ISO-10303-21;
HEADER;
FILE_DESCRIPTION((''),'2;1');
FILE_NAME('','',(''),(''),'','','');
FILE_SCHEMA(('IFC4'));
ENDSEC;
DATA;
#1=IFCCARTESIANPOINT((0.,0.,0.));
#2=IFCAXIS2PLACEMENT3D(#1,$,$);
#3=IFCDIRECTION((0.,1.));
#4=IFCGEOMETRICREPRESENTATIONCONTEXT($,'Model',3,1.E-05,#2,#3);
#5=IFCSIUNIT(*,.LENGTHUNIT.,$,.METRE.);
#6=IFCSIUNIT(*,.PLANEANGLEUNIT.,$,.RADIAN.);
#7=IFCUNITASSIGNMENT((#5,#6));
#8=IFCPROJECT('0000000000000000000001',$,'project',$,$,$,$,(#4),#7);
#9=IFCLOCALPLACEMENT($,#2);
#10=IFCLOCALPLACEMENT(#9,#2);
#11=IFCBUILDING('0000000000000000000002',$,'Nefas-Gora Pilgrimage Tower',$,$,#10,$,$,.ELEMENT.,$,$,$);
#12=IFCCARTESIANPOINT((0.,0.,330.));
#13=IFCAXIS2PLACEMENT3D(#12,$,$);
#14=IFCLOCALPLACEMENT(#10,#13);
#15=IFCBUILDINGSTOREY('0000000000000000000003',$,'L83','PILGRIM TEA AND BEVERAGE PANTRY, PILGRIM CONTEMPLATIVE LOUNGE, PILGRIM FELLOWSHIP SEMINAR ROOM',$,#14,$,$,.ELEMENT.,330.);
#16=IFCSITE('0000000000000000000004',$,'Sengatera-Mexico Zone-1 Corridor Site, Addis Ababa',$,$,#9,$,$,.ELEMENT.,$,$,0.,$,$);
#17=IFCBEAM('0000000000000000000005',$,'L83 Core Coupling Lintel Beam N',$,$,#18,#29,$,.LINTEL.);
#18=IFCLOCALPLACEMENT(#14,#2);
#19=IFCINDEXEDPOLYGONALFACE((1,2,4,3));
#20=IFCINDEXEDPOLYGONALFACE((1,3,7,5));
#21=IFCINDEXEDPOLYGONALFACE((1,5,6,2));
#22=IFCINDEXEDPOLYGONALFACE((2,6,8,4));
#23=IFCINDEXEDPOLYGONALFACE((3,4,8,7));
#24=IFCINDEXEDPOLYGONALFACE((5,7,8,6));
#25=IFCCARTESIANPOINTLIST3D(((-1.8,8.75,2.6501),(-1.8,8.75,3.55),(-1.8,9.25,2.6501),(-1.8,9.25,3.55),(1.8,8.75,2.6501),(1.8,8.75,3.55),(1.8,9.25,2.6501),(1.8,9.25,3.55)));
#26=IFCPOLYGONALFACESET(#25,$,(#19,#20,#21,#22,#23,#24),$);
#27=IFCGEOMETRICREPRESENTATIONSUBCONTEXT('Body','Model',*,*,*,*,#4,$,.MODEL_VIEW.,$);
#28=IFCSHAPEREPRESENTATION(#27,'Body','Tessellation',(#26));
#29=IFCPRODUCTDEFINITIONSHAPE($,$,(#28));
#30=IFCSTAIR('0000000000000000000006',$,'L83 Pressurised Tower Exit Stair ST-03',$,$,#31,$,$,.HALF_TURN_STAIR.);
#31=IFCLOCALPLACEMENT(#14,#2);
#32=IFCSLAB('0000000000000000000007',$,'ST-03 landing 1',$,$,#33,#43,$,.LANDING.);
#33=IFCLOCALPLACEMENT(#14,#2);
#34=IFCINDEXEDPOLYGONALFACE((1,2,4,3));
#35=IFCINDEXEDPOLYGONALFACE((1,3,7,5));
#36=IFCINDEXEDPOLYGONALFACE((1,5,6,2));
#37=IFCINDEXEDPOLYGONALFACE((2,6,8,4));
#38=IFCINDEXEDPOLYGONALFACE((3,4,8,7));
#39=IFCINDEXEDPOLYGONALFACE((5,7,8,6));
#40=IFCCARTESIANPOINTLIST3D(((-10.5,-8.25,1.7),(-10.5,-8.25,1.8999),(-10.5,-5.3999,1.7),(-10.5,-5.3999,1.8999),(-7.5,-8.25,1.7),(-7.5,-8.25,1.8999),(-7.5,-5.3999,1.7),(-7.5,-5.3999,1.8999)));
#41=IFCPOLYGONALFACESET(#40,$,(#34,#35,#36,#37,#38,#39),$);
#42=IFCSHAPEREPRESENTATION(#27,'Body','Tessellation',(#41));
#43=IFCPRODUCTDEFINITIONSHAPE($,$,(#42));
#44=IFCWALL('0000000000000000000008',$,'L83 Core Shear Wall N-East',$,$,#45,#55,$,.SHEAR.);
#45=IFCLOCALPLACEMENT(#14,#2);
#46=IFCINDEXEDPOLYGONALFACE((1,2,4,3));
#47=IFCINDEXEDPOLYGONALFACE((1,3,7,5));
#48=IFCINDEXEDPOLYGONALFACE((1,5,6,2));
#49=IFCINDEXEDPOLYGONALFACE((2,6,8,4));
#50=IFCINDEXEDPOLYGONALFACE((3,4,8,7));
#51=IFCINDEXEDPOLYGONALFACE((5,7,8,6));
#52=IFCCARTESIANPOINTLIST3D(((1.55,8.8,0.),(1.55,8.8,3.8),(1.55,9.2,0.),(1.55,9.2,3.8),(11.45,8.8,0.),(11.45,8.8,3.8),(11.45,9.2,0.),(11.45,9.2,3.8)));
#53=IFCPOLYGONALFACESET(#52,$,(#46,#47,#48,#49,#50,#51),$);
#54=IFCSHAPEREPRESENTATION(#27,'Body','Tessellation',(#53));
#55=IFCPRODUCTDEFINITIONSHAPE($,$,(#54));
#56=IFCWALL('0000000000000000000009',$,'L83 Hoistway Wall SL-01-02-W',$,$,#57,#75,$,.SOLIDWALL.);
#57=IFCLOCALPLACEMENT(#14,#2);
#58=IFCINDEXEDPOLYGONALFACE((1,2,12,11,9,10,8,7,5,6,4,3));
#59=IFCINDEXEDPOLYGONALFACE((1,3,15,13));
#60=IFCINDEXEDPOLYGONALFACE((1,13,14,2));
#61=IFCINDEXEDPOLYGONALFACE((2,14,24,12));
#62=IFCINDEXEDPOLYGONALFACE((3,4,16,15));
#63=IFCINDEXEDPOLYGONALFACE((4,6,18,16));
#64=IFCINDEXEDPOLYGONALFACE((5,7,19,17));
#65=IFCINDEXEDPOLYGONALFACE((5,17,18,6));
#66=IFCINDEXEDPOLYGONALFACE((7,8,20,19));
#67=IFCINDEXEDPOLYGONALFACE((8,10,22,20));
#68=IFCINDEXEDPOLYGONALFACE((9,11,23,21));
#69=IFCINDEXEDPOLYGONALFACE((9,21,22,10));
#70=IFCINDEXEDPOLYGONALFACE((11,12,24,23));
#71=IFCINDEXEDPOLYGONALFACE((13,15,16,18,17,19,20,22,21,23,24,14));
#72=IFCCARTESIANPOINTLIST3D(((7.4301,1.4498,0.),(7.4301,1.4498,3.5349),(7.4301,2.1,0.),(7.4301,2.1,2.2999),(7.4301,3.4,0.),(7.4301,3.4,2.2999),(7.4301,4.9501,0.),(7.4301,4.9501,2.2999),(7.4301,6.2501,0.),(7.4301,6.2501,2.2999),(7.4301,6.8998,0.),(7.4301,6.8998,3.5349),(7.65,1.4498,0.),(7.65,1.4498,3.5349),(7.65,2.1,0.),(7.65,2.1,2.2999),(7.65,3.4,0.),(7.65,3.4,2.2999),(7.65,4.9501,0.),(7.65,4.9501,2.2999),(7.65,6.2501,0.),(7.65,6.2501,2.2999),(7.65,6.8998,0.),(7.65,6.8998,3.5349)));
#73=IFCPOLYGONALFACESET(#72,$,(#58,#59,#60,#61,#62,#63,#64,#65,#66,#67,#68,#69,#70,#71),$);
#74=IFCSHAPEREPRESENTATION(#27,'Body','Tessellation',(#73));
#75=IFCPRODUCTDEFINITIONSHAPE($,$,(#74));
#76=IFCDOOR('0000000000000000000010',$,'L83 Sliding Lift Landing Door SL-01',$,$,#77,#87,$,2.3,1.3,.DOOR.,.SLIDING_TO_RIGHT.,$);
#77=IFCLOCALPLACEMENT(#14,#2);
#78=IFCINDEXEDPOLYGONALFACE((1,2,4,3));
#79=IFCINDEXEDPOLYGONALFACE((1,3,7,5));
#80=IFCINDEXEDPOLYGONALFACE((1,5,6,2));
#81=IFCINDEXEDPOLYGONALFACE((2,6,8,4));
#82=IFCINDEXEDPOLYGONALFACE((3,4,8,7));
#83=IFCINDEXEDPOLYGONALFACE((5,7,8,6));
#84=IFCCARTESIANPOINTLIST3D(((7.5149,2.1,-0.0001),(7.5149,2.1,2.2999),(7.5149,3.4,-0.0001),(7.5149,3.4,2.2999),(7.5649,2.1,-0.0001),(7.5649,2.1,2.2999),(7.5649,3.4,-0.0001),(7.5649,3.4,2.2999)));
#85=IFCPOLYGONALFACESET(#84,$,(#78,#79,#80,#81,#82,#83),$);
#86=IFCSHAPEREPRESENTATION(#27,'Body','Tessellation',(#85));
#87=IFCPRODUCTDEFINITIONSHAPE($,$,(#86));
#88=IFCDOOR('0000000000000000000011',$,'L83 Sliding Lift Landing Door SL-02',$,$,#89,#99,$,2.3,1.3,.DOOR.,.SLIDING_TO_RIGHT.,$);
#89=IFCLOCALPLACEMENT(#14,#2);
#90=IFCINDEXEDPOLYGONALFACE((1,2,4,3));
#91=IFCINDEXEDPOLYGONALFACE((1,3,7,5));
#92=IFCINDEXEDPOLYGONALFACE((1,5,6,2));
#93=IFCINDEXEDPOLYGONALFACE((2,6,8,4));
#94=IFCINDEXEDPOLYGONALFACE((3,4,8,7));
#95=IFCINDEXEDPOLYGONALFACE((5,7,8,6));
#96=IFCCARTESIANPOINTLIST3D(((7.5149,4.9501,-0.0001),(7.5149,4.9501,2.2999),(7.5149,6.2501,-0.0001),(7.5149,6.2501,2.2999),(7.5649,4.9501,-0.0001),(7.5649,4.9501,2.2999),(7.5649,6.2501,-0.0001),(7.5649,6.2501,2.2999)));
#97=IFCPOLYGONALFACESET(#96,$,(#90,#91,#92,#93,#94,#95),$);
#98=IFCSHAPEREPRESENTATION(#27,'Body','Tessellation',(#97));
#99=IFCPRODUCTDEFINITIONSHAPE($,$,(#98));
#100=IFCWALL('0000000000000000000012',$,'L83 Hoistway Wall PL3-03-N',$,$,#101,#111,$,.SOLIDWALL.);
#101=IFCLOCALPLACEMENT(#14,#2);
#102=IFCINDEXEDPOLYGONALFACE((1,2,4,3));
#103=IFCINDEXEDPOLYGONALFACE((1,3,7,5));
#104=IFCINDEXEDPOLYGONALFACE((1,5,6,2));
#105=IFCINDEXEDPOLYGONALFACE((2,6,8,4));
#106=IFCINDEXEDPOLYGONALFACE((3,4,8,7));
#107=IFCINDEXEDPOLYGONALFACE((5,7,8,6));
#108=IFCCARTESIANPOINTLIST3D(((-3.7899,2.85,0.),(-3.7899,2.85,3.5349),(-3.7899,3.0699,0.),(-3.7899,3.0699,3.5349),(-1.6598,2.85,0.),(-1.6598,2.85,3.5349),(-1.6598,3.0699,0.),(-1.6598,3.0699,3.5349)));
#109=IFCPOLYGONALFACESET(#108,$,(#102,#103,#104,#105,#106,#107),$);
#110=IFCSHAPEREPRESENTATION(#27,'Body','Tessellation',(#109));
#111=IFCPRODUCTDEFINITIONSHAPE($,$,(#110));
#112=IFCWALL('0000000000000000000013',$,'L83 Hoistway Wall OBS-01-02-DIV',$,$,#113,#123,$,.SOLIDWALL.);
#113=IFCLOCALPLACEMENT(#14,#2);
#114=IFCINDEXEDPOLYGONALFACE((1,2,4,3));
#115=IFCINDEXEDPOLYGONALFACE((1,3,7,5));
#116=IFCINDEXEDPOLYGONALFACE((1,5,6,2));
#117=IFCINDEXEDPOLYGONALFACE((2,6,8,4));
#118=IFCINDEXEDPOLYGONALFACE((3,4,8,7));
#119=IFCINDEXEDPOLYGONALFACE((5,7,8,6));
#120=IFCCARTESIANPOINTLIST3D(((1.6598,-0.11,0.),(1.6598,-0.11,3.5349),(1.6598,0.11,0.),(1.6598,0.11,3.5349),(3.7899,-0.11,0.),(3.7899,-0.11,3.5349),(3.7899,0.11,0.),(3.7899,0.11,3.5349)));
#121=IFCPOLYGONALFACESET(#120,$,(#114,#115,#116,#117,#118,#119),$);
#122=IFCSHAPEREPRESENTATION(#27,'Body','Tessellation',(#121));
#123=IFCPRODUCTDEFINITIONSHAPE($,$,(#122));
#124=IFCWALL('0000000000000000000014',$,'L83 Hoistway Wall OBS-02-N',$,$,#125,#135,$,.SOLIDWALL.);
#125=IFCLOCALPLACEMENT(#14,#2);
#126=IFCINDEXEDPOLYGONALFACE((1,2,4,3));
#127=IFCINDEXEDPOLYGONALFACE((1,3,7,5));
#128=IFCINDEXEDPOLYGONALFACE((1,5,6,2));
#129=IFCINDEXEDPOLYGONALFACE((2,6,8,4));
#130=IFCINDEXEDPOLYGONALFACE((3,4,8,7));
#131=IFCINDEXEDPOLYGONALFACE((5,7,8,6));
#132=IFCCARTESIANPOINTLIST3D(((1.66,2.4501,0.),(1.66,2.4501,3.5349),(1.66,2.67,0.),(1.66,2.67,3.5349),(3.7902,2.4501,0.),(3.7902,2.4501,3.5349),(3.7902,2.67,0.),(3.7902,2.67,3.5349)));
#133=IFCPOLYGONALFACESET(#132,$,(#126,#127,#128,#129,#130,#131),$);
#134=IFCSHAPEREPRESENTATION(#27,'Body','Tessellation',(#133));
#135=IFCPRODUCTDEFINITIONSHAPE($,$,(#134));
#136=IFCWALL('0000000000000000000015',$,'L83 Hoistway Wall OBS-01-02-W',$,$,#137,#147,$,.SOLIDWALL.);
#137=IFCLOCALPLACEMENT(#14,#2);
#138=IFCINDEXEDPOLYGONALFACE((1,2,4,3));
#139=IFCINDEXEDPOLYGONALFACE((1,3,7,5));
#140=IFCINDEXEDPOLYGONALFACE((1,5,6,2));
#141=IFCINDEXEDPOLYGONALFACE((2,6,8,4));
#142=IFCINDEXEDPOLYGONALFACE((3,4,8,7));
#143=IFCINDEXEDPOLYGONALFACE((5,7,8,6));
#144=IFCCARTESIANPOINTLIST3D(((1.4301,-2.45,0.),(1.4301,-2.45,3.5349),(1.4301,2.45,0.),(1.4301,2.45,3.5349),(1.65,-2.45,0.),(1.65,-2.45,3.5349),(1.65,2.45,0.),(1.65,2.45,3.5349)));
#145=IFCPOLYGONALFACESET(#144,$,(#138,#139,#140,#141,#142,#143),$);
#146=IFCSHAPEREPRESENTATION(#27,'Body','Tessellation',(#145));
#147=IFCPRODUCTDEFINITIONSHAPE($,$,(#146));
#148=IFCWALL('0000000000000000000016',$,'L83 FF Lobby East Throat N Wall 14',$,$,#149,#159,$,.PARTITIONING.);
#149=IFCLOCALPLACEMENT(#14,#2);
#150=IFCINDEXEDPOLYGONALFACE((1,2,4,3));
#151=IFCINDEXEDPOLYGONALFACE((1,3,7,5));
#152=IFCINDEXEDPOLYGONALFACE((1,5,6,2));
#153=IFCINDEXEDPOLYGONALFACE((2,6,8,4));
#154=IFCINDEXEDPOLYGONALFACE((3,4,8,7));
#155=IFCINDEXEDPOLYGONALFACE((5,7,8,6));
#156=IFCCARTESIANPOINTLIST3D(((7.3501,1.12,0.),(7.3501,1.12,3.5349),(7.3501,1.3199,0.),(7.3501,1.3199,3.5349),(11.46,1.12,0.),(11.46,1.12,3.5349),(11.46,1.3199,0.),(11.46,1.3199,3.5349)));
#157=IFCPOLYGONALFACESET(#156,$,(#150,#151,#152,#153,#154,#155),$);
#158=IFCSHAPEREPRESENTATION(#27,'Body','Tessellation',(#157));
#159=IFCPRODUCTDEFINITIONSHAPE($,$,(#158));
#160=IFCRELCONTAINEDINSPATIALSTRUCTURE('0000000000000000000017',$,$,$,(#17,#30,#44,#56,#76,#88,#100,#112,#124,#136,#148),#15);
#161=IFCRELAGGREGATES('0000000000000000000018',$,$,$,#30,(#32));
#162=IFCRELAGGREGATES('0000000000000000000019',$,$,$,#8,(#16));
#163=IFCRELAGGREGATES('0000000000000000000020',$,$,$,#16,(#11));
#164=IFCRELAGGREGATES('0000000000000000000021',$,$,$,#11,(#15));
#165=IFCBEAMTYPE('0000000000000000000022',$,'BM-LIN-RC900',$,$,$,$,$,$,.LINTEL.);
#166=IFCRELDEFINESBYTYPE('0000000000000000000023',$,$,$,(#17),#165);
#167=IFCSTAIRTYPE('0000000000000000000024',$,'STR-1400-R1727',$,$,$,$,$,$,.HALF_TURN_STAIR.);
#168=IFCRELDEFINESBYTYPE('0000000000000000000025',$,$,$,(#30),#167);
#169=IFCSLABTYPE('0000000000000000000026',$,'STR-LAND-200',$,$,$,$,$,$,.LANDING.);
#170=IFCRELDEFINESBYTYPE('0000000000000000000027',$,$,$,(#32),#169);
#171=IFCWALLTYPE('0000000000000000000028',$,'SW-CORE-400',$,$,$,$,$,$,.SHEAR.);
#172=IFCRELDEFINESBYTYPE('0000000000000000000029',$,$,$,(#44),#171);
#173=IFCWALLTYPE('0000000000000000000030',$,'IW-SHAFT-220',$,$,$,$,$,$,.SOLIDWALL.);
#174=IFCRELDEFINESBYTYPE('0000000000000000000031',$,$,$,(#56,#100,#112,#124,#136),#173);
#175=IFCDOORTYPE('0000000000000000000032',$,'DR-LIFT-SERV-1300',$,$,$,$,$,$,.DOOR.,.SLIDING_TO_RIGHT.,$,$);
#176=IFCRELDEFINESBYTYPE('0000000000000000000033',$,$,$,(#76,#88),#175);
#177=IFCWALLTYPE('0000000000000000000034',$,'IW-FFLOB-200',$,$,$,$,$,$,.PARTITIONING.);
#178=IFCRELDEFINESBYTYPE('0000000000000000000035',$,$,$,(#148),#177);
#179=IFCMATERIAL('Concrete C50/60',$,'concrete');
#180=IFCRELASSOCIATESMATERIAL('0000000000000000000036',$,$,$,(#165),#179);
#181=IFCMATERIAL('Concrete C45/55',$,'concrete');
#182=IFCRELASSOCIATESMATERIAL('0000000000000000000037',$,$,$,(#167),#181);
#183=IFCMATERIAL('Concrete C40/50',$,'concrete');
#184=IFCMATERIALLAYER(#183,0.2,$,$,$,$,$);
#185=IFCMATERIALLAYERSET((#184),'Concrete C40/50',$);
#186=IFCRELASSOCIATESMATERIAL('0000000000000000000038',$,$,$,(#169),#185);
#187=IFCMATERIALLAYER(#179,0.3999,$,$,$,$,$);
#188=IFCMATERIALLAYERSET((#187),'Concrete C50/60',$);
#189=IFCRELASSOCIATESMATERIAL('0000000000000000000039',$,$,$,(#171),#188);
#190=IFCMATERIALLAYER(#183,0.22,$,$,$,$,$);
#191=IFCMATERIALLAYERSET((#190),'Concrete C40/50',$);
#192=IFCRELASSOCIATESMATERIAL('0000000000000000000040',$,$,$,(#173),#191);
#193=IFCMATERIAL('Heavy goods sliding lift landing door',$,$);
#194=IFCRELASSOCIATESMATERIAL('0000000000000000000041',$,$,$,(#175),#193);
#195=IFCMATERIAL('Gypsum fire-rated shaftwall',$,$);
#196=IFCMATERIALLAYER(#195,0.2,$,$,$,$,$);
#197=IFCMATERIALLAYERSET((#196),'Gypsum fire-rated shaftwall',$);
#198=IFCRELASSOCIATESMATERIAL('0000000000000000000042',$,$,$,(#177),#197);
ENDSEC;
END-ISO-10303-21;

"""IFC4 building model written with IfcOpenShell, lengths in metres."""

from ifc_helpers import new_model, si_unit, direction, frame, frame_2d, origin, origin_2d, place, context, subcontext, project, spatial, polyline, rectangle, outline, extrude, source, transform, mapped, material, layer, layer_set, material_profile, profile_set, type_object, element, fill, aggregate, save


model = new_model("IFC4")

# Units and contexts
model_context = context("Model", 3, precision=1e-05, world=origin(), true_north=direction((0.0, 1.0)))
body_context = subcontext(model_context, "Body", "Model", "MODEL_VIEW")
ifc_project = project(units=[si_unit("LENGTHUNIT", "METRE"), si_unit("PLANEANGLEUNIT", "RADIAN")], contexts=[model_context])

# Site, building, storey
site_placement = place(None, origin())
site = spatial("IfcSite", under=ifc_project, at=site_placement, Name="Sengatera-Mexico Zone-1 Corridor Site, Addis Ababa", CompositionType="ELEMENT", RefElevation=0.0)
building_placement = place(site_placement, origin())
building = spatial("IfcBuilding", under=site, at=building_placement, Name="Nefas-Gora Pilgrimage Tower", CompositionType="ELEMENT")
storey_placement = place(building_placement, frame((0.0, 0.0, 330.0)))
storey = spatial("IfcBuildingStorey", under=building, at=storey_placement, Name="L83", Description="PILGRIM TEA AND BEVERAGE PANTRY, PILGRIM CONTEMPLATIVE LOUNGE, PILGRIM FELLOWSHIP SEMINAR ROOM", CompositionType="ELEMENT", Elevation=330.0)

# Beam
ifc_material_1 = material(Name="Concrete C50/60", Category="concrete")
ifc_material_profile = material_profile(ifc_material_1, rectangle(XDim=0.5, YDim=0.8999, at=origin_2d()), Name="RC 500x900")
ifc_profile_set = profile_set([ifc_material_profile], Name="Concrete C50/60")
beam_type = type_object("IfcBeamType", Name="BM-LIN-RC900", PredefinedType="LINTEL", material=ifc_profile_set)
shared_shape_1 = source(origin(), body_context, "Body", "SweptSolid", [
    extrude(rectangle(XDim=0.5, YDim=0.8999, at=origin_2d()), origin(), (0.0, 0.0, 1.0), 3.6001),
])
beam_placement = place(storey_placement, frame((-1.8, 9.0, 3.1001), z_axis=(1.0, 0.0, 0.0), x_axis=(0.0, 1.0, 0.0)))
element("IfcBeam", 1, at=beam_placement, inside=storey, type_object=beam_type, Name="L83 Core Coupling Lintel Beam N", PredefinedType="LINTEL", context=body_context, shape_type="MappedRepresentation", body=[
    mapped(shared_shape_1, transform((0.0, 0.0, 0.0), x_axis=(1.0, 0.0, 0.0), y_axis=(0.0, 1.0, 0.0), z_axis=(0.0, 0.0, 1.0), scale=1.0)),
])

# Stair, slab
ifc_material_2 = material(Name="Concrete C45/55", Category="concrete")
stair_type = type_object("IfcStairType", Name="STR-1400-R1727", PredefinedType="HALF_TURN_STAIR", material=ifc_material_2)
stair_placement = place(storey_placement, origin())
stair = element("IfcStair", 2, at=stair_placement, inside=storey, type_object=stair_type, Name="L83 Pressurised Tower Exit Stair ST-03", PredefinedType="HALF_TURN_STAIR")
ifc_material_3 = material(Name="Concrete C40/50", Category="concrete")
ifc_layer_1 = layer(ifc_material_3, 0.2)
ifc_layer_set_1 = layer_set([ifc_layer_1], Name="Concrete C40/50")
slab_type = type_object("IfcSlabType", Name="STR-LAND-200", PredefinedType="LANDING", material=ifc_layer_set_1)
slab_placement = place(storey_placement, frame((0.0, 0.0, 1.7)))
slab = element("IfcSlab", 3, at=slab_placement, type_object=slab_type, Name="ST-03 landing 1", PredefinedType="LANDING", context=body_context, shape_type="SweptSolid", body=[
    extrude(outline(polyline([(-10.5, -5.3999), (-10.5, -8.25), (-7.5, -8.25), (-7.5, -5.3999), (-10.5, -5.3999)])), origin(), (0.0, 0.0, 1.0), 0.2),
])
aggregate(stair, [slab])

# Wall
ifc_layer_2 = layer(ifc_material_1, 0.3999)
ifc_layer_set_2 = layer_set([ifc_layer_2], Name="Concrete C50/60")
wall_type_1 = type_object("IfcWallType", Name="SW-CORE-400", PredefinedType="SHEAR", material=ifc_layer_set_2)
shared_shape_2 = source(origin(), body_context, "Body", "SweptSolid", [
    extrude(rectangle(XDim=9.8999, YDim=0.3999, at=frame_2d((4.95, 0.0))), origin(), (0.0, 0.0, 1.0), 3.8),
])
wall_1_placement = place(storey_placement, frame((1.55, 9.0, 0.0), z_axis=(0.0, 0.0, 1.0), x_axis=(1.0, 0.0, 0.0)))
element("IfcWall", 4, at=wall_1_placement, inside=storey, type_object=wall_type_1, Name="L83 Core Shear Wall N-East", PredefinedType="SHEAR", context=body_context, shape_type="MappedRepresentation", body=[
    mapped(shared_shape_2, transform((0.0, 0.0, 0.0), x_axis=(1.0, 0.0, 0.0), y_axis=(0.0, 1.0, 0.0), z_axis=(0.0, 0.0, 1.0), scale=1.0)),
])

# Wall, openings, doors
ifc_layer_3 = layer(ifc_material_3, 0.22)
ifc_layer_set_3 = layer_set([ifc_layer_3], Name="Concrete C40/50")
wall_type_2 = type_object("IfcWallType", Name="IW-SHAFT-220", PredefinedType="SOLIDWALL", material=ifc_layer_set_3)
shared_shape_3 = source(origin(), body_context, "Body", "SweptSolid", [
    extrude(rectangle(XDim=5.45, YDim=0.22, at=frame_2d((2.7251, 0.0))), origin(), (0.0, 0.0, 1.0), 3.5349),
])
wall_2_placement = place(storey_placement, frame((7.54, 6.8999, 0.0), z_axis=(0.0, 0.0, 1.0), x_axis=(0.0, -1.0, 0.0)))
wall_2 = element("IfcWall", 5, at=wall_2_placement, inside=storey, type_object=wall_type_2, Name="L83 Hoistway Wall SL-01-02-W", PredefinedType="SOLIDWALL", context=body_context, shape_type="MappedRepresentation", body=[
    mapped(shared_shape_3, transform((0.0, 0.0, 0.0), x_axis=(1.0, 0.0, 0.0), y_axis=(0.0, 1.0, 0.0), z_axis=(0.0, 0.0, 1.0), scale=1.0)),
])
opening_1_placement = place(wall_2_placement, frame((3.5, 0.0, 0.0)))
opening_1 = element("IfcOpeningElement", 6, at=opening_1_placement, cuts=wall_2, PredefinedType="OPENING", context=body_context, shape_type="SweptSolid", body=[
    extrude(rectangle(XDim=1.3, YDim=2.3, at=frame_2d((0.6499, 1.1499))), frame((0.0, 0.1199, 0.0), z_axis=(0.0, -1.0, 0.0), x_axis=(1.0, 0.0, 0.0)), (0.0, 0.0, 1.0), 0.24),
])
opening_2_placement = place(wall_2_placement, frame((0.6499, 0.0, 0.0)))
opening_2 = element("IfcOpeningElement", 7, at=opening_2_placement, cuts=wall_2, PredefinedType="OPENING", context=body_context, shape_type="SweptSolid", body=[
    extrude(rectangle(XDim=1.3, YDim=2.3, at=frame_2d((0.6499, 1.1499))), frame((0.0, 0.1199, 0.0), z_axis=(0.0, -1.0, 0.0), x_axis=(1.0, 0.0, 0.0)), (0.0, 0.0, 1.0), 0.24),
])
ifc_material_4 = material(Name="Heavy goods sliding lift landing door")
door_type_1 = type_object("IfcDoorType", Name="DR-LIFT-SERV-1300", OperationType="SLIDING_TO_RIGHT", PredefinedType="DOOR", material=ifc_material_4)
shared_shape_4 = source(origin(), body_context, "Body", "SweptSolid", [
    extrude(rectangle(XDim=1.3, YDim=2.3, at=frame_2d((0.6499, 1.1499))), frame((0.0, 0.0249, 0.0), z_axis=(0.0, -1.0, 0.0), x_axis=(1.0, 0.0, 0.0)), (0.0, 0.0, 1.0), 0.05),
])
door_1_placement = place(opening_1_placement, origin())
door_1 = element("IfcDoor", 8, at=door_1_placement, inside=storey, type_object=door_type_1, Name="L83 Sliding Lift Landing Door SL-01", OperationType="SLIDING_TO_RIGHT", OverallHeight=2.3, OverallWidth=1.3, PredefinedType="DOOR", context=body_context, shape_type="MappedRepresentation", body=[
    mapped(shared_shape_4, transform((0.0, 0.0, 0.0), x_axis=(1.0, 0.0, 0.0), y_axis=(0.0, 1.0, 0.0), z_axis=(0.0, 0.0, 1.0), scale=1.0)),
])
fill(opening_1, door_1)
door_2_placement = place(opening_2_placement, origin())
door_2 = element("IfcDoor", 9, at=door_2_placement, inside=storey, type_object=door_type_1, Name="L83 Sliding Lift Landing Door SL-02", OperationType="SLIDING_TO_RIGHT", OverallHeight=2.3, OverallWidth=1.3, PredefinedType="DOOR", context=body_context, shape_type="MappedRepresentation", body=[
    mapped(shared_shape_4, transform((0.0, 0.0, 0.0), x_axis=(1.0, 0.0, 0.0), y_axis=(0.0, 1.0, 0.0), z_axis=(0.0, 0.0, 1.0), scale=1.0)),
])
fill(opening_2, door_2)

# Walls
shared_shape_5 = source(origin(), body_context, "Body", "SweptSolid", [
    extrude(rectangle(XDim=2.1301, YDim=0.22, at=frame_2d((1.0649, 0.0))), origin(), (0.0, 0.0, 1.0), 3.5349),
])
for number, where, z_axis, x_axis, name in (
    (10, (-1.6599, 2.96, 0.0), (0.0, 0.0, 1.0), (-1.0, 0.0, 0.0), "L83 Hoistway Wall PL3-03-N"),
    (11, (1.6599, 0.0, 0.0), (0.0, 0.0, 1.0), (1.0, 0.0, 0.0), "L83 Hoistway Wall OBS-01-02-DIV"),
    (12, (3.79, 2.5601, 0.0), (0.0, 0.0, 1.0), (-1.0, 0.0, 0.0), "L83 Hoistway Wall OBS-02-N"),
):
    element("IfcWall", number, at=place(storey_placement, frame(where, z_axis=z_axis, x_axis=x_axis)), inside=storey, type_object=wall_type_2, Name=name, PredefinedType="SOLIDWALL", context=body_context, shape_type="MappedRepresentation", body=[
        mapped(shared_shape_5, transform((0.0, 0.0, 0.0), x_axis=(1.0, 0.0, 0.0), y_axis=(0.0, 1.0, 0.0), z_axis=(0.0, 0.0, 1.0), scale=1.0)),
    ])
shared_shape_6 = source(origin(), body_context, "Body", "SweptSolid", [
    extrude(rectangle(XDim=4.8999, YDim=0.22, at=frame_2d((2.45, 0.0))), origin(), (0.0, 0.0, 1.0), 3.5349),
])
wall_3_placement = place(storey_placement, frame((1.54, 2.45, 0.0), z_axis=(0.0, 0.0, 1.0), x_axis=(0.0, -1.0, 0.0)))
element("IfcWall", 13, at=wall_3_placement, inside=storey, type_object=wall_type_2, Name="L83 Hoistway Wall OBS-01-02-W", PredefinedType="SOLIDWALL", context=body_context, shape_type="MappedRepresentation", body=[
    mapped(shared_shape_6, transform((0.0, 0.0, 0.0), x_axis=(1.0, 0.0, 0.0), y_axis=(0.0, 1.0, 0.0), z_axis=(0.0, 0.0, 1.0), scale=1.0)),
])

# Shared definitions
ifc_material_5 = material(Name="Gypsum fire-rated shaftwall")
ifc_layer_4 = layer(ifc_material_5, 0.2)
ifc_layer_set_4 = layer_set([ifc_layer_4], Name="Gypsum fire-rated shaftwall")
wall_type_3 = type_object("IfcWallType", Name="IW-FFLOB-200", PredefinedType="PARTITIONING", material=ifc_layer_set_4)

# Wall
shared_shape_7 = source(origin(), body_context, "Body", "SweptSolid", [
    extrude(rectangle(XDim=4.1099, YDim=0.2, at=frame_2d((2.0549, 0.0))), origin(), (0.0, 0.0, 1.0), 3.5349),
])
wall_4_placement = place(storey_placement, frame((7.3501, 1.22, 0.0), z_axis=(0.0, 0.0, 1.0), x_axis=(1.0, 0.0, 0.0)))
element("IfcWall", 14, at=wall_4_placement, inside=storey, type_object=wall_type_3, Name="L83 FF Lobby East Throat N Wall 14", PredefinedType="PARTITIONING", context=body_context, shape_type="MappedRepresentation", body=[
    mapped(shared_shape_7, transform((0.0, 0.0, 0.0), x_axis=(1.0, 0.0, 0.0), y_axis=(0.0, 1.0, 0.0), z_axis=(0.0, 0.0, 1.0), scale=1.0)),
])

save(model, "model.ifc")
